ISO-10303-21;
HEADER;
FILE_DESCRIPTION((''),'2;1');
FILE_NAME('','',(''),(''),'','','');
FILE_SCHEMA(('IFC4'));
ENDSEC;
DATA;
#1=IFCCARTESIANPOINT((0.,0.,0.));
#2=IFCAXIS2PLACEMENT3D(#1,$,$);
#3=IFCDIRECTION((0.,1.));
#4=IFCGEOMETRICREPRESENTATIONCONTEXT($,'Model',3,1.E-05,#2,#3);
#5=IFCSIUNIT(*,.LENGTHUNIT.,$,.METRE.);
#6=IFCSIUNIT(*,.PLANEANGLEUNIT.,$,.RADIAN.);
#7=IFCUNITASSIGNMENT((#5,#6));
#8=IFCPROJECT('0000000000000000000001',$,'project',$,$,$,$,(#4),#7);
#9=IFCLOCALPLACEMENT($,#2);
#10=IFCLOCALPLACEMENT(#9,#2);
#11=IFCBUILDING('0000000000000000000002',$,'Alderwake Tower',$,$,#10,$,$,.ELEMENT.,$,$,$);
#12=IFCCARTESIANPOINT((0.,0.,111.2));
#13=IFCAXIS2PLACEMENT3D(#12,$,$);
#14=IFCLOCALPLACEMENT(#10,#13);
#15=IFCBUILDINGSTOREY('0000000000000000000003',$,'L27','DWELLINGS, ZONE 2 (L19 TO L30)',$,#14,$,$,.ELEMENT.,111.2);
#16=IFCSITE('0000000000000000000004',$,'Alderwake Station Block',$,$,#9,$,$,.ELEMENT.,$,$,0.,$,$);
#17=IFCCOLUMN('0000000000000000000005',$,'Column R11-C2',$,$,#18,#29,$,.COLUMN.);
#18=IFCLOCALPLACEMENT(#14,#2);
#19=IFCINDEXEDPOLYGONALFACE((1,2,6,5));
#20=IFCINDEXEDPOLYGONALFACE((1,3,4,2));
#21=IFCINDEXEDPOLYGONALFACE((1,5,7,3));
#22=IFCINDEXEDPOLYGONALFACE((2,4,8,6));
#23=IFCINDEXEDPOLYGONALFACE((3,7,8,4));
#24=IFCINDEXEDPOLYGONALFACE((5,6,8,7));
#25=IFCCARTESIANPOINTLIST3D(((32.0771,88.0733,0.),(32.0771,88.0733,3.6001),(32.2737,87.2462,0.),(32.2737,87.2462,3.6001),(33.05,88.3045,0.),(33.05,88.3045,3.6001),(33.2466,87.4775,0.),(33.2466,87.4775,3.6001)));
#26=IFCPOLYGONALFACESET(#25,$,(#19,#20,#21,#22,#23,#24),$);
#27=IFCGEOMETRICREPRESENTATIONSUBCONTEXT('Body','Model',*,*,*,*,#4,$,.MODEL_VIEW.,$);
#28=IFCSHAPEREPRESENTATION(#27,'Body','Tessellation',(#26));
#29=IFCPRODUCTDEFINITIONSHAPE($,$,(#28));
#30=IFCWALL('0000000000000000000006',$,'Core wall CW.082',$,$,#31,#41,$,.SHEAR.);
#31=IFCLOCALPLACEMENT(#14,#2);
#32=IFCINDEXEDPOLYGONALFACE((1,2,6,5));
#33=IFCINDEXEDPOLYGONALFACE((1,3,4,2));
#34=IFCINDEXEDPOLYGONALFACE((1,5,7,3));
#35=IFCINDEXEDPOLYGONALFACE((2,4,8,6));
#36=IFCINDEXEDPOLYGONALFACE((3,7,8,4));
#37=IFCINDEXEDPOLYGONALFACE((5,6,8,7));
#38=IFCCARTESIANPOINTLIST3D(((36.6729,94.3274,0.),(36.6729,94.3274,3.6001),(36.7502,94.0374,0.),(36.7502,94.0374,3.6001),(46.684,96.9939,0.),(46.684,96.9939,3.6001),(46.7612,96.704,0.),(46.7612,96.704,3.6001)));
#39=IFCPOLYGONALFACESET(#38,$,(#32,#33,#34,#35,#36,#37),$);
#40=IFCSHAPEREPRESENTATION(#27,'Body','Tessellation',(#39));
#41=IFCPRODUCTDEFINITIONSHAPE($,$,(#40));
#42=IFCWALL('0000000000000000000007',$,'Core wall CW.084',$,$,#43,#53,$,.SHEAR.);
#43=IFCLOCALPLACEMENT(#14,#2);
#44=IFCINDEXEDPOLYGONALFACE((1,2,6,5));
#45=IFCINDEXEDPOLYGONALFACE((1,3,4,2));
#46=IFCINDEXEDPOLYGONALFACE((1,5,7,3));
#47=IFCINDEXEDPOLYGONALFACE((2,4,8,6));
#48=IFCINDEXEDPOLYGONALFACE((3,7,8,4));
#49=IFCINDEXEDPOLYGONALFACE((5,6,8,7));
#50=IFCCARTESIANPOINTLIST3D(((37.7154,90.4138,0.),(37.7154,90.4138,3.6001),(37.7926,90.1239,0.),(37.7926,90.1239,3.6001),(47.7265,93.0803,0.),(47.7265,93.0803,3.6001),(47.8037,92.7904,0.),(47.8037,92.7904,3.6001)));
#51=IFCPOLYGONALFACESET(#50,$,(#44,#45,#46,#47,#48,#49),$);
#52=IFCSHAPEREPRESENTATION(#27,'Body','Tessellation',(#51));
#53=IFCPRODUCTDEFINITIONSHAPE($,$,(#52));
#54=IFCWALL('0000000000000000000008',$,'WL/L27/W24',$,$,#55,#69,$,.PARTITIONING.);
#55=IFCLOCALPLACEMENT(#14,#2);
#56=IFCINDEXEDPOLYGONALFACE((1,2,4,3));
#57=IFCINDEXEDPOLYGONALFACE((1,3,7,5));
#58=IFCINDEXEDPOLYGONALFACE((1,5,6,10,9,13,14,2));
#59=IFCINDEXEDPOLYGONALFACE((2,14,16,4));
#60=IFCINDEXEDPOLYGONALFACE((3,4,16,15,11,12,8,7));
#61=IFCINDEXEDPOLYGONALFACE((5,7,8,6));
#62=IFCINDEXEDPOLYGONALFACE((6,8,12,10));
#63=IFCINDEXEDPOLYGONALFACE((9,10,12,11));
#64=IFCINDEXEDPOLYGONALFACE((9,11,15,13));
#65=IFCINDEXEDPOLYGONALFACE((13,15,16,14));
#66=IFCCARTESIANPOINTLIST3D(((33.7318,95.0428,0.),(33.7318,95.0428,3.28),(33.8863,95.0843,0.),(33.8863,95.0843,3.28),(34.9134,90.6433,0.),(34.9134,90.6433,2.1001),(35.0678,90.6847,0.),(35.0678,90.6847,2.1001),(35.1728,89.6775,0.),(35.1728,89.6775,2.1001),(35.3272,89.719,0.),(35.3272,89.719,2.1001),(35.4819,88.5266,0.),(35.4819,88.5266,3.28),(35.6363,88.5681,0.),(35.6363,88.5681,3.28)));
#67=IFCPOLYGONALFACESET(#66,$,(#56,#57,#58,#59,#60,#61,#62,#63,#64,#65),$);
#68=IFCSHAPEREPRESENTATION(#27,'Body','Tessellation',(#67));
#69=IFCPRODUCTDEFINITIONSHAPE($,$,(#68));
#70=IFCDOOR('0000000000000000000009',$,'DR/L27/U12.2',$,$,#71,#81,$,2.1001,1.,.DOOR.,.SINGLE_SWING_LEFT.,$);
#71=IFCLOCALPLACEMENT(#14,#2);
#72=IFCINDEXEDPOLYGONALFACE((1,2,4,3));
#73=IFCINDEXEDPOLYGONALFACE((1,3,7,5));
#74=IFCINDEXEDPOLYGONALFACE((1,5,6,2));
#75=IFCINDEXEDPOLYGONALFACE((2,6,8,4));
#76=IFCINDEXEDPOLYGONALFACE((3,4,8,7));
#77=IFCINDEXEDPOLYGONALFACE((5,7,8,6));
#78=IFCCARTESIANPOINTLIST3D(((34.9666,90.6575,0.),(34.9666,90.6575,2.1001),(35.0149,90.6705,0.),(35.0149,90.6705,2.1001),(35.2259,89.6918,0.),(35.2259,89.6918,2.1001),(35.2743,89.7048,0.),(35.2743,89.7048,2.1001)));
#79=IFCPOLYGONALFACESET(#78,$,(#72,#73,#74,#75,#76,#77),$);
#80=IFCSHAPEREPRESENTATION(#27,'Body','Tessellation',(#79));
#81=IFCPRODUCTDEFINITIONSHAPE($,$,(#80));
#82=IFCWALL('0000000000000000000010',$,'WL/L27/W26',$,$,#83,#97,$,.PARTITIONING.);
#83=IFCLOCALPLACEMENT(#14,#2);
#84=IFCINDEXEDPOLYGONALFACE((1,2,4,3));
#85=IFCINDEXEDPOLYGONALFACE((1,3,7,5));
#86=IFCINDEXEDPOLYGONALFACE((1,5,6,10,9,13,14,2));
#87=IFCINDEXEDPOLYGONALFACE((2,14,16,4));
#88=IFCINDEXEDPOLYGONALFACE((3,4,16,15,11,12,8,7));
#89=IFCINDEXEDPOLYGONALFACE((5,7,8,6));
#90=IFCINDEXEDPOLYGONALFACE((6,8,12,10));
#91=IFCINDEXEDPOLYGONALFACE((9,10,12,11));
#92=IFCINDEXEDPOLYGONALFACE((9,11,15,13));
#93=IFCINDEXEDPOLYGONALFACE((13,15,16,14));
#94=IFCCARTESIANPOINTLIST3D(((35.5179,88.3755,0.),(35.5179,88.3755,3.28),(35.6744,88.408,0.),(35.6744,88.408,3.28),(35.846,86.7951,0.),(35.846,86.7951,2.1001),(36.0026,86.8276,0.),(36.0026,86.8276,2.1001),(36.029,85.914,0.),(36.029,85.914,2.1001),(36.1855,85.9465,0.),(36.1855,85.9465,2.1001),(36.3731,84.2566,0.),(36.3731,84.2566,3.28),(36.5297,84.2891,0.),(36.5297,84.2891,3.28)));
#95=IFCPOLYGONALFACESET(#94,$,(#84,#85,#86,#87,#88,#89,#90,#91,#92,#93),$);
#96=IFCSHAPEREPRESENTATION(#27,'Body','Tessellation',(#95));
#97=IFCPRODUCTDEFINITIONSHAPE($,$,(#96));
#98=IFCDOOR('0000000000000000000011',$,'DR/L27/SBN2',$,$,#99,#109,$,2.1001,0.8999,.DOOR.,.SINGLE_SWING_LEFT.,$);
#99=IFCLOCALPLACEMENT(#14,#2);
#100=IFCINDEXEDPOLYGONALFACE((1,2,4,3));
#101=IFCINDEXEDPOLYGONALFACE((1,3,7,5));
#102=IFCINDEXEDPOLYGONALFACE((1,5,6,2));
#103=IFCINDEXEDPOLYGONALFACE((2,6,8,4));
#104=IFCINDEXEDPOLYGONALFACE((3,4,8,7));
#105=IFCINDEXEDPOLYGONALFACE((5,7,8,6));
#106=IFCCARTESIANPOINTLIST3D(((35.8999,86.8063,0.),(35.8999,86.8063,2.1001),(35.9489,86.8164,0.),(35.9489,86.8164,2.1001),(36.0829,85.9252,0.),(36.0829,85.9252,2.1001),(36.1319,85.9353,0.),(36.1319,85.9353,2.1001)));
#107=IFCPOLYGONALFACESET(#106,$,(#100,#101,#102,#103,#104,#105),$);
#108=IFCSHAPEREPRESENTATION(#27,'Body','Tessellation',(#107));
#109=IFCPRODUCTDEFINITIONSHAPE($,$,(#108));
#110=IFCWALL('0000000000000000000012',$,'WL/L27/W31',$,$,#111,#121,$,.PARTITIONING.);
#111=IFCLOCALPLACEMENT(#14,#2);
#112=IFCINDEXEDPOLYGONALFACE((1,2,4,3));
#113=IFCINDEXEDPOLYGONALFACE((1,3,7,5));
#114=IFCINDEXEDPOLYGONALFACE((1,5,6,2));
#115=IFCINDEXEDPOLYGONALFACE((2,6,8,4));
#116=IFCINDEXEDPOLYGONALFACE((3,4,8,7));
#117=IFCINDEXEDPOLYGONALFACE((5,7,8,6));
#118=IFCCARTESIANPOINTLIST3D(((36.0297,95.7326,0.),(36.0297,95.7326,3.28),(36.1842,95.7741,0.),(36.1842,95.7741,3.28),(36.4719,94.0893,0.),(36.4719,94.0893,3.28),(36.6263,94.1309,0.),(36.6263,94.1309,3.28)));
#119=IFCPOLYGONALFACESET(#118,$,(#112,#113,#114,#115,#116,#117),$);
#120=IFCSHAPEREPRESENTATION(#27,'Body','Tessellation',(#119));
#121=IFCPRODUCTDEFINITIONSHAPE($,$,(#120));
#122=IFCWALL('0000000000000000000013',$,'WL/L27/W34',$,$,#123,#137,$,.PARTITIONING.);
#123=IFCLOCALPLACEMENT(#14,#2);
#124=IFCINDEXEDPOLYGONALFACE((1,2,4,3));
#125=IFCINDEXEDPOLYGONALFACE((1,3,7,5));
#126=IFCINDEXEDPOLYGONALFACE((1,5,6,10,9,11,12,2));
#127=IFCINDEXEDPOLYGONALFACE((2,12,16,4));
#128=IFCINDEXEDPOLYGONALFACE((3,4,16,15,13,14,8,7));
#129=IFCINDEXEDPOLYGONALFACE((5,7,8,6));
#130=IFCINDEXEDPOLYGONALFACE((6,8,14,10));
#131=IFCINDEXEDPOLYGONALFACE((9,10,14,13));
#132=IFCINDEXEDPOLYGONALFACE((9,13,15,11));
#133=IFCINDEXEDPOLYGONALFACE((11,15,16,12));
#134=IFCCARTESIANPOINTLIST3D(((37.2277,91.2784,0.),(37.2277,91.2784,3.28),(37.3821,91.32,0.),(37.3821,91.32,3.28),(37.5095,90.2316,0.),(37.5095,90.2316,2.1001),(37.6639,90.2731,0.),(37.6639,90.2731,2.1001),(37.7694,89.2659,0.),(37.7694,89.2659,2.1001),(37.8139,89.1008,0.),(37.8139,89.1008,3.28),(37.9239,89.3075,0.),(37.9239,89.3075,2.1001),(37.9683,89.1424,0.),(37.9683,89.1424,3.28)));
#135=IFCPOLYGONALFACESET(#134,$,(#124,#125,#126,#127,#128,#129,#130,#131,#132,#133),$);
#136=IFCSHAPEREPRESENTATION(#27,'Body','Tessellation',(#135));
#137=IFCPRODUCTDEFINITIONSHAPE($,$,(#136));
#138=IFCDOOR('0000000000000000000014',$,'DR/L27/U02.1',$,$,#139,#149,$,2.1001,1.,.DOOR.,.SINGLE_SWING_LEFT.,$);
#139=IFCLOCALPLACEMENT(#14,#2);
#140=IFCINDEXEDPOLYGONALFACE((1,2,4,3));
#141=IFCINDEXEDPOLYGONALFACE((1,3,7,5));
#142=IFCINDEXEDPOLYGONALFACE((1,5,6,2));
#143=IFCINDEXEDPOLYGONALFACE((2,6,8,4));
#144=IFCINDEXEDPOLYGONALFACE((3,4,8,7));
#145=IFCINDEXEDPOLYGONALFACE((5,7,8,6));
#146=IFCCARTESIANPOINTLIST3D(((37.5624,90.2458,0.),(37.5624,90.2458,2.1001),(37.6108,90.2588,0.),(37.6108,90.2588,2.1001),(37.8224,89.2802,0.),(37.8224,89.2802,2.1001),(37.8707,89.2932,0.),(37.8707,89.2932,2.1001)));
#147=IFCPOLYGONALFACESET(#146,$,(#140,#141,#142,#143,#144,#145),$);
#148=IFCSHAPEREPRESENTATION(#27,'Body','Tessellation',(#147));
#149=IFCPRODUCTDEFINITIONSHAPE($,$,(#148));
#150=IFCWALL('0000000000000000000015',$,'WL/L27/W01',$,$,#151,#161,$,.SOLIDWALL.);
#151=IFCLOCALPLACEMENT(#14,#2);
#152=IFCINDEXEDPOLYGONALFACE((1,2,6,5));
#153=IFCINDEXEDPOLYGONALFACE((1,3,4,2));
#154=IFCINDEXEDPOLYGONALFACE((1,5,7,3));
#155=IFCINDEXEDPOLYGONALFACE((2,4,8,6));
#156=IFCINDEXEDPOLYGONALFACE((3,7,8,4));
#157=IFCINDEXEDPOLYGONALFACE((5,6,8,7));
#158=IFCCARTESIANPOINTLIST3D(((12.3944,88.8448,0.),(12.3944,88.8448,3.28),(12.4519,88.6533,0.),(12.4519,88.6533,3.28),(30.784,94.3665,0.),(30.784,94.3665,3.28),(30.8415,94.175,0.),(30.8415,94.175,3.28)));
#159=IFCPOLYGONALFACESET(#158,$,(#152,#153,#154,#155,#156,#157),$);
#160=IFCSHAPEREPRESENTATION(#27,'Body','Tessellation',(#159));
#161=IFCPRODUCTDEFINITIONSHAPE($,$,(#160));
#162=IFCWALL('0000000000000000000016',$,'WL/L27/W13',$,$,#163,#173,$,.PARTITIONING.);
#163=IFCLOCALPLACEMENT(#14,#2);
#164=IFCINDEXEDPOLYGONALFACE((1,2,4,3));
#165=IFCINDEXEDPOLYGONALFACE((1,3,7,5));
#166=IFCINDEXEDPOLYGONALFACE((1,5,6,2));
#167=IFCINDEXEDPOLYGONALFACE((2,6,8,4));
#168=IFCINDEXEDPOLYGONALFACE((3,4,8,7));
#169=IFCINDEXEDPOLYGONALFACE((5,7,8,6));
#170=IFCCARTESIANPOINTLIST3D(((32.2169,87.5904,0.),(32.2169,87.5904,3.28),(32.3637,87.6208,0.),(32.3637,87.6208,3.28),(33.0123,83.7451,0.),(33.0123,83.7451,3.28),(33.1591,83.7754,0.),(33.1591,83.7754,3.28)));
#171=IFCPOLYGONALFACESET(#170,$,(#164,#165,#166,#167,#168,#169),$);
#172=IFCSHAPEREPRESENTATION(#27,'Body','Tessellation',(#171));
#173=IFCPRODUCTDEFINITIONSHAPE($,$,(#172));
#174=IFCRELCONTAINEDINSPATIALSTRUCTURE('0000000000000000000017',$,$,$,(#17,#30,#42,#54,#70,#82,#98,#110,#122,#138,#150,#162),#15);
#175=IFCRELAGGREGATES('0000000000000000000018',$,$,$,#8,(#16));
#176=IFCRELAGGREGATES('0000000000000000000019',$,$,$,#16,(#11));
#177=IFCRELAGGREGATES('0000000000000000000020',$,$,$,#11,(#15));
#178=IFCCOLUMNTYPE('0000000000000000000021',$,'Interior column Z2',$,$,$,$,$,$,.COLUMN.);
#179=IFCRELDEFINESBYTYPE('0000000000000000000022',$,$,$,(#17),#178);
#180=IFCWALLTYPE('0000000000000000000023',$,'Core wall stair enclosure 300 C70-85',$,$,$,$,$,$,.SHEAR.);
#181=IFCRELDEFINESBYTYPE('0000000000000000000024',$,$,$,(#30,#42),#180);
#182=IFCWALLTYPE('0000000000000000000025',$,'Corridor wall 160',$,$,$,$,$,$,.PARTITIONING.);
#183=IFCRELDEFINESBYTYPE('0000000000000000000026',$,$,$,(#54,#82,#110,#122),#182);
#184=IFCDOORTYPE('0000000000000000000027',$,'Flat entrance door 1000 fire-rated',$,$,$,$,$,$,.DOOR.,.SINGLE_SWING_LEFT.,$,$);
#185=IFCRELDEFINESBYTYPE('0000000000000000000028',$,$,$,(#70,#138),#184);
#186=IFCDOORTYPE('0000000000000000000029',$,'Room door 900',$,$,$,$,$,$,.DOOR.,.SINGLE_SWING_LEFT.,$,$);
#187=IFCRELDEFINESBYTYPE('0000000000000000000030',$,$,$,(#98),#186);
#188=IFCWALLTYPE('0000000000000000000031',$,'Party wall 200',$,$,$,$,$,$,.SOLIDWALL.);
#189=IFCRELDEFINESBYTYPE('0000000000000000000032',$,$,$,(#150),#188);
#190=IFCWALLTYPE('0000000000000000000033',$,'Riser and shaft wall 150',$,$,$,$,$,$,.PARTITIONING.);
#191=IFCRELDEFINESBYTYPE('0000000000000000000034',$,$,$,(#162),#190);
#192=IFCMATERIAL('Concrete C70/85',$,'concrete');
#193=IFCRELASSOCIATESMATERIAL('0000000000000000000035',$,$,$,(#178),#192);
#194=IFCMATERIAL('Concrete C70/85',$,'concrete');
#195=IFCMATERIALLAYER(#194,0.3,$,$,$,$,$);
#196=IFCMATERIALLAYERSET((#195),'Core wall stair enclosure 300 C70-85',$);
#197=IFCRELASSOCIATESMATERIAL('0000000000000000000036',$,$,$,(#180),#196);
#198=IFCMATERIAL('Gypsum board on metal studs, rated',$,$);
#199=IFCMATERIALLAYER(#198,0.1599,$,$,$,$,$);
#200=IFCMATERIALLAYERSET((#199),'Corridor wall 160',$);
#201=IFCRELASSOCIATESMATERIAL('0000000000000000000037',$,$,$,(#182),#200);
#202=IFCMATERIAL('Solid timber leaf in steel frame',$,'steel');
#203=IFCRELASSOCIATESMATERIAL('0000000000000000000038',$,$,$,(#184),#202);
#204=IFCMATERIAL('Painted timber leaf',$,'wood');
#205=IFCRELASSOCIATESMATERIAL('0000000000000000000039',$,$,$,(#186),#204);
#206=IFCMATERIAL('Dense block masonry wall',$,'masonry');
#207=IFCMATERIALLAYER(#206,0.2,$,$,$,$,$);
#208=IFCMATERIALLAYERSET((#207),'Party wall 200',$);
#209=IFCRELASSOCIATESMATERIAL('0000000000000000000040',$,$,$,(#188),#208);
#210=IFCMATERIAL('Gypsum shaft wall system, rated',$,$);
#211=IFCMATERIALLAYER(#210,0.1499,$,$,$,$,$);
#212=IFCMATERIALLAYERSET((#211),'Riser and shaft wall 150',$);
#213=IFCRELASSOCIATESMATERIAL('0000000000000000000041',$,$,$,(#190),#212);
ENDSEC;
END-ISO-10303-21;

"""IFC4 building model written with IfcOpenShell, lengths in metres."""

from ifc_helpers import new_model, si_unit, direction, frame, frame_2d, origin, origin_2d, place, context, subcontext, project, spatial, rectangle, extrude, material, layer, layer_set, material_profile, profile_set, type_object, element, fill, save


model = new_model("IFC4")

# Units and contexts
model_context = context("Model", 3, precision=1e-05, world=origin(), true_north=direction((0.0, 1.0)))
body_context = subcontext(model_context, "Body", "Model", "MODEL_VIEW")
ifc_project = project(units=[si_unit("LENGTHUNIT", "METRE"), si_unit("PLANEANGLEUNIT", "RADIAN")], contexts=[model_context])

# Site, building, storey
site_placement = place(None, origin())
site = spatial("IfcSite", under=ifc_project, at=site_placement, Name="Alderwake Station Block", CompositionType="ELEMENT", RefElevation=0.0)
building_placement = place(site_placement, origin())
building = spatial("IfcBuilding", under=site, at=building_placement, Name="Alderwake Tower", CompositionType="ELEMENT")
storey_placement = place(building_placement, frame((0.0, 0.0, 111.2)))
storey = spatial("IfcBuildingStorey", under=building, at=storey_placement, Name="L27", Description="DWELLINGS, ZONE 2 (L19 TO L30)", CompositionType="ELEMENT", Elevation=111.2)

# Column
ifc_material_1 = material(Name="Concrete C70/85", Category="concrete")
ifc_material_profile = material_profile(ifc_material_1, rectangle(XDim=0.8501, YDim=1.0, at=origin_2d()), Name="RC 1000X850")
ifc_profile_set = profile_set([ifc_material_profile], Name="Concrete C70/85")
column_type = type_object("IfcColumnType", Name="Interior column Z2", PredefinedType="COLUMN", material=ifc_profile_set)
column_placement = place(storey_placement, frame((32.6619, 87.7754, 0.0), z_axis=(0.0, 0.0, 1.0), x_axis=(-0.231222, 0.972901, 0.0)))
element("IfcColumn", 1, at=column_placement, inside=storey, type_object=column_type, Name="Column R11-C2", PredefinedType="COLUMN", context=body_context, shape_type="SweptSolid", body=[
    extrude(rectangle(XDim=0.8501, YDim=1.0, at=origin_2d()), origin(), (0.0, 0.0, 1.0), 3.6001),
])

# Walls
ifc_material_2 = material(Name="Concrete C70/85", Category="concrete")
ifc_layer_1 = layer(ifc_material_2, 0.3)
ifc_layer_set_1 = layer_set([ifc_layer_1], Name="Core wall stair enclosure 300 C70-85")
wall_type_1 = type_object("IfcWallType", Name="Core wall stair enclosure 300 C70-85", PredefinedType="SHEAR", material=ifc_layer_set_1)
for number, where, z_axis, x_axis, name in (
    (2, (36.7114, 94.1824, 0.0), (0.0, 0.0, 1.0), (0.966309, 0.257384, 0.0), "Core wall CW.082"),
    (3, (37.7539, 90.2688, 0.0), (0.0, 0.0, 1.0), (0.966309, 0.257384, 0.0), "Core wall CW.084"),
):
    element("IfcWall", number, at=place(storey_placement, frame(where, z_axis=z_axis, x_axis=x_axis)), inside=storey, type_object=wall_type_1, Name=name, PredefinedType="SHEAR", context=body_context, shape_type="SweptSolid", body=[
        extrude(rectangle(XDim=10.3601, YDim=0.3, at=frame_2d((5.1802, 0.0))), origin(), (0.0, 0.0, 1.0), 3.6001),
    ])

# Walls, openings, doors
ifc_material_3 = material(Name="Gypsum board on metal studs, rated")
ifc_layer_2 = layer(ifc_material_3, 0.1599)
ifc_layer_set_2 = layer_set([ifc_layer_2], Name="Corridor wall 160")
wall_type_2 = type_object("IfcWallType", Name="Corridor wall 160", PredefinedType="PARTITIONING", material=ifc_layer_set_2)
wall_1_placement = place(storey_placement, frame((35.5591, 88.5474, 0.0), z_axis=(0.0, 0.0, 1.0), x_axis=(-0.259374, 0.965777, 0.0)))
wall_1 = element("IfcWall", 4, at=wall_1_placement, inside=storey, type_object=wall_type_2, Name="WL/L27/W24", PredefinedType="PARTITIONING", context=body_context, shape_type="SweptSolid", body=[
    extrude(rectangle(XDim=6.7471, YDim=0.1599, at=frame_2d((3.3735, 0.0))), origin(), (0.0, 0.0, 1.0), 3.28),
])
opening_1_placement = place(wall_1_placement, frame((1.1917, 0.0, 0.0)))
opening_1 = element("IfcOpeningElement", 5, at=opening_1_placement, cuts=wall_1, PredefinedType="OPENING", context=body_context, shape_type="SweptSolid", body=[
    extrude(rectangle(XDim=1.0, YDim=2.1001, at=frame_2d((0.5, 1.05))), frame((0.0, 0.0898, 0.0), z_axis=(0.0, -1.0, 0.0), x_axis=(1.0, 0.0, 0.0)), (0.0, 0.0, 1.0), 0.1799),
])
ifc_material_4 = material(Name="Solid timber leaf in steel frame", Category="steel")
door_type_1 = type_object("IfcDoorType", Name="Flat entrance door 1000 fire-rated", OperationType="SINGLE_SWING_LEFT", PredefinedType="DOOR", material=ifc_material_4)
door_1_placement = place(opening_1_placement, origin())
door_1 = element("IfcDoor", 6, at=door_1_placement, inside=storey, type_object=door_type_1, Name="DR/L27/U12.2", OperationType="SINGLE_SWING_LEFT", OverallHeight=2.1001, OverallWidth=1.0, PredefinedType="DOOR", context=body_context, shape_type="SweptSolid", body=[
    extrude(rectangle(XDim=1.0, YDim=2.1001, at=frame_2d((0.5, 1.05))), frame((0.0, 0.0249, 0.0), z_axis=(0.0, -1.0, 0.0), x_axis=(1.0, 0.0, 0.0)), (0.0, 0.0, 1.0), 0.05),
])
fill(opening_1, door_1)
wall_2_placement = place(storey_placement, frame((36.4514, 84.2727, 0.0), z_axis=(0.0, 0.0, 1.0), x_axis=(-0.203298, 0.979117, 0.0)))
wall_2 = element("IfcWall", 7, at=wall_2_placement, inside=storey, type_object=wall_type_2, Name="WL/L27/W26", PredefinedType="PARTITIONING", context=body_context, shape_type="SweptSolid", body=[
    extrude(rectangle(XDim=4.2068, YDim=0.1599, at=frame_2d((2.1035, 0.0))), origin(), (0.0, 0.0, 1.0), 3.28),
])
opening_2_placement = place(wall_2_placement, frame((1.6929, 0.0, 0.0)))
opening_2 = element("IfcOpeningElement", 8, at=opening_2_placement, cuts=wall_2, PredefinedType="OPENING", context=body_context, shape_type="SweptSolid", body=[
    extrude(rectangle(XDim=0.8999, YDim=2.1001, at=frame_2d((0.45, 1.05))), frame((0.0, 0.0898, 0.0), z_axis=(0.0, -1.0, 0.0), x_axis=(1.0, 0.0, 0.0)), (0.0, 0.0, 1.0), 0.1799),
])
ifc_material_5 = material(Name="Painted timber leaf", Category="wood")
door_type_2 = type_object("IfcDoorType", Name="Room door 900", OperationType="SINGLE_SWING_LEFT", PredefinedType="DOOR", material=ifc_material_5)
door_2_placement = place(opening_2_placement, origin())
door_2 = element("IfcDoor", 9, at=door_2_placement, inside=storey, type_object=door_type_2, Name="DR/L27/SBN2", OperationType="SINGLE_SWING_LEFT", OverallHeight=2.1001, OverallWidth=0.8999, PredefinedType="DOOR", context=body_context, shape_type="SweptSolid", body=[
    extrude(rectangle(XDim=0.8999, YDim=2.1001, at=frame_2d((0.45, 1.05))), frame((0.0, 0.0249, 0.0), z_axis=(0.0, -1.0, 0.0), x_axis=(1.0, 0.0, 0.0)), (0.0, 0.0, 1.0), 0.05),
])
fill(opening_2, door_2)

# Wall
wall_3_placement = place(storey_placement, frame((36.5491, 94.1101, 0.0), z_axis=(0.0, 0.0, 1.0), x_axis=(-0.259814, 0.965659, 0.0)))
element("IfcWall", 10, at=wall_3_placement, inside=storey, type_object=wall_type_2, Name="WL/L27/W31", PredefinedType="PARTITIONING", context=body_context, shape_type="SweptSolid", body=[
    extrude(rectangle(XDim=1.7017, YDim=0.1599, at=frame_2d((0.8508, 0.0))), origin(), (0.0, 0.0, 1.0), 3.28),
])

# Wall, opening, door
wall_4_placement = place(storey_placement, frame((37.3049, 91.2991, 0.0), z_axis=(0.0, 0.0, 1.0), x_axis=(0.259946, -0.965623, 0.0)))
wall_4 = element("IfcWall", 11, at=wall_4_placement, inside=storey, type_object=wall_type_2, Name="WL/L27/W34", PredefinedType="PARTITIONING", context=body_context, shape_type="SweptSolid", body=[
    extrude(rectangle(XDim=2.2551, YDim=0.1599, at=frame_2d((1.1274, 0.0))), origin(), (0.0, 0.0, 1.0), 3.28),
])
opening_3_placement = place(wall_4_placement, frame((1.084, 0.0, 0.0)))
opening_3 = element("IfcOpeningElement", 12, at=opening_3_placement, cuts=wall_4, PredefinedType="OPENING", context=body_context, shape_type="SweptSolid", body=[
    extrude(rectangle(XDim=1.0, YDim=2.1001, at=frame_2d((0.5, 1.05))), frame((0.0, 0.0898, 0.0), z_axis=(0.0, -1.0, 0.0), x_axis=(1.0, 0.0, 0.0)), (0.0, 0.0, 1.0), 0.1799),
])
door_3_placement = place(opening_3_placement, origin())
door_3 = element("IfcDoor", 13, at=door_3_placement, inside=storey, type_object=door_type_1, Name="DR/L27/U02.1", OperationType="SINGLE_SWING_LEFT", OverallHeight=2.1001, OverallWidth=1.0, PredefinedType="DOOR", context=body_context, shape_type="SweptSolid", body=[
    extrude(rectangle(XDim=1.0, YDim=2.1001, at=frame_2d((0.5, 1.05))), frame((0.0, 0.0249, 0.0), z_axis=(0.0, -1.0, 0.0), x_axis=(1.0, 0.0, 0.0)), (0.0, 0.0, 1.0), 0.05),
])
fill(opening_3, door_3)

# Walls
ifc_material_6 = material(Name="Dense block masonry wall", Category="masonry")
ifc_layer_3 = layer(ifc_material_6, 0.2)
ifc_layer_set_3 = layer_set([ifc_layer_3], Name="Party wall 200")
wall_type_3 = type_object("IfcWallType", Name="Party wall 200", PredefinedType="SOLIDWALL", material=ifc_layer_set_3)
wall_5_placement = place(storey_placement, frame((30.8127, 94.2708, 0.0), z_axis=(0.0, 0.0, 1.0), x_axis=(-0.957757, -0.287579, 0.0)))
element("IfcWall", 14, at=wall_5_placement, inside=storey, type_object=wall_type_3, Name="WL/L27/W01", PredefinedType="SOLIDWALL", context=body_context, shape_type="SweptSolid", body=[
    extrude(rectangle(XDim=19.2007, YDim=0.2, at=frame_2d((9.6003, 0.0))), origin(), (0.0, 0.0, 1.0), 3.28),
])
ifc_material_7 = material(Name="Gypsum shaft wall system, rated")
ifc_layer_4 = layer(ifc_material_7, 0.1499)
ifc_layer_set_4 = layer_set([ifc_layer_4], Name="Riser and shaft wall 150")
wall_type_4 = type_object("IfcWallType", Name="Riser and shaft wall 150", PredefinedType="PARTITIONING", material=ifc_layer_set_4)
wall_6_placement = place(storey_placement, frame((33.0857, 83.7603, 0.0), z_axis=(0.0, 0.0, 1.0), x_axis=(-0.202556, 0.979271, 0.0)))
element("IfcWall", 15, at=wall_6_placement, inside=storey, type_object=wall_type_4, Name="WL/L27/W13", PredefinedType="PARTITIONING", context=body_context, shape_type="SweptSolid", body=[
    extrude(rectangle(XDim=3.9268, YDim=0.1499, at=frame_2d((1.9634, 0.0))), origin(), (0.0, 0.0, 1.0), 3.28),
])

save(model, "model.ifc")
